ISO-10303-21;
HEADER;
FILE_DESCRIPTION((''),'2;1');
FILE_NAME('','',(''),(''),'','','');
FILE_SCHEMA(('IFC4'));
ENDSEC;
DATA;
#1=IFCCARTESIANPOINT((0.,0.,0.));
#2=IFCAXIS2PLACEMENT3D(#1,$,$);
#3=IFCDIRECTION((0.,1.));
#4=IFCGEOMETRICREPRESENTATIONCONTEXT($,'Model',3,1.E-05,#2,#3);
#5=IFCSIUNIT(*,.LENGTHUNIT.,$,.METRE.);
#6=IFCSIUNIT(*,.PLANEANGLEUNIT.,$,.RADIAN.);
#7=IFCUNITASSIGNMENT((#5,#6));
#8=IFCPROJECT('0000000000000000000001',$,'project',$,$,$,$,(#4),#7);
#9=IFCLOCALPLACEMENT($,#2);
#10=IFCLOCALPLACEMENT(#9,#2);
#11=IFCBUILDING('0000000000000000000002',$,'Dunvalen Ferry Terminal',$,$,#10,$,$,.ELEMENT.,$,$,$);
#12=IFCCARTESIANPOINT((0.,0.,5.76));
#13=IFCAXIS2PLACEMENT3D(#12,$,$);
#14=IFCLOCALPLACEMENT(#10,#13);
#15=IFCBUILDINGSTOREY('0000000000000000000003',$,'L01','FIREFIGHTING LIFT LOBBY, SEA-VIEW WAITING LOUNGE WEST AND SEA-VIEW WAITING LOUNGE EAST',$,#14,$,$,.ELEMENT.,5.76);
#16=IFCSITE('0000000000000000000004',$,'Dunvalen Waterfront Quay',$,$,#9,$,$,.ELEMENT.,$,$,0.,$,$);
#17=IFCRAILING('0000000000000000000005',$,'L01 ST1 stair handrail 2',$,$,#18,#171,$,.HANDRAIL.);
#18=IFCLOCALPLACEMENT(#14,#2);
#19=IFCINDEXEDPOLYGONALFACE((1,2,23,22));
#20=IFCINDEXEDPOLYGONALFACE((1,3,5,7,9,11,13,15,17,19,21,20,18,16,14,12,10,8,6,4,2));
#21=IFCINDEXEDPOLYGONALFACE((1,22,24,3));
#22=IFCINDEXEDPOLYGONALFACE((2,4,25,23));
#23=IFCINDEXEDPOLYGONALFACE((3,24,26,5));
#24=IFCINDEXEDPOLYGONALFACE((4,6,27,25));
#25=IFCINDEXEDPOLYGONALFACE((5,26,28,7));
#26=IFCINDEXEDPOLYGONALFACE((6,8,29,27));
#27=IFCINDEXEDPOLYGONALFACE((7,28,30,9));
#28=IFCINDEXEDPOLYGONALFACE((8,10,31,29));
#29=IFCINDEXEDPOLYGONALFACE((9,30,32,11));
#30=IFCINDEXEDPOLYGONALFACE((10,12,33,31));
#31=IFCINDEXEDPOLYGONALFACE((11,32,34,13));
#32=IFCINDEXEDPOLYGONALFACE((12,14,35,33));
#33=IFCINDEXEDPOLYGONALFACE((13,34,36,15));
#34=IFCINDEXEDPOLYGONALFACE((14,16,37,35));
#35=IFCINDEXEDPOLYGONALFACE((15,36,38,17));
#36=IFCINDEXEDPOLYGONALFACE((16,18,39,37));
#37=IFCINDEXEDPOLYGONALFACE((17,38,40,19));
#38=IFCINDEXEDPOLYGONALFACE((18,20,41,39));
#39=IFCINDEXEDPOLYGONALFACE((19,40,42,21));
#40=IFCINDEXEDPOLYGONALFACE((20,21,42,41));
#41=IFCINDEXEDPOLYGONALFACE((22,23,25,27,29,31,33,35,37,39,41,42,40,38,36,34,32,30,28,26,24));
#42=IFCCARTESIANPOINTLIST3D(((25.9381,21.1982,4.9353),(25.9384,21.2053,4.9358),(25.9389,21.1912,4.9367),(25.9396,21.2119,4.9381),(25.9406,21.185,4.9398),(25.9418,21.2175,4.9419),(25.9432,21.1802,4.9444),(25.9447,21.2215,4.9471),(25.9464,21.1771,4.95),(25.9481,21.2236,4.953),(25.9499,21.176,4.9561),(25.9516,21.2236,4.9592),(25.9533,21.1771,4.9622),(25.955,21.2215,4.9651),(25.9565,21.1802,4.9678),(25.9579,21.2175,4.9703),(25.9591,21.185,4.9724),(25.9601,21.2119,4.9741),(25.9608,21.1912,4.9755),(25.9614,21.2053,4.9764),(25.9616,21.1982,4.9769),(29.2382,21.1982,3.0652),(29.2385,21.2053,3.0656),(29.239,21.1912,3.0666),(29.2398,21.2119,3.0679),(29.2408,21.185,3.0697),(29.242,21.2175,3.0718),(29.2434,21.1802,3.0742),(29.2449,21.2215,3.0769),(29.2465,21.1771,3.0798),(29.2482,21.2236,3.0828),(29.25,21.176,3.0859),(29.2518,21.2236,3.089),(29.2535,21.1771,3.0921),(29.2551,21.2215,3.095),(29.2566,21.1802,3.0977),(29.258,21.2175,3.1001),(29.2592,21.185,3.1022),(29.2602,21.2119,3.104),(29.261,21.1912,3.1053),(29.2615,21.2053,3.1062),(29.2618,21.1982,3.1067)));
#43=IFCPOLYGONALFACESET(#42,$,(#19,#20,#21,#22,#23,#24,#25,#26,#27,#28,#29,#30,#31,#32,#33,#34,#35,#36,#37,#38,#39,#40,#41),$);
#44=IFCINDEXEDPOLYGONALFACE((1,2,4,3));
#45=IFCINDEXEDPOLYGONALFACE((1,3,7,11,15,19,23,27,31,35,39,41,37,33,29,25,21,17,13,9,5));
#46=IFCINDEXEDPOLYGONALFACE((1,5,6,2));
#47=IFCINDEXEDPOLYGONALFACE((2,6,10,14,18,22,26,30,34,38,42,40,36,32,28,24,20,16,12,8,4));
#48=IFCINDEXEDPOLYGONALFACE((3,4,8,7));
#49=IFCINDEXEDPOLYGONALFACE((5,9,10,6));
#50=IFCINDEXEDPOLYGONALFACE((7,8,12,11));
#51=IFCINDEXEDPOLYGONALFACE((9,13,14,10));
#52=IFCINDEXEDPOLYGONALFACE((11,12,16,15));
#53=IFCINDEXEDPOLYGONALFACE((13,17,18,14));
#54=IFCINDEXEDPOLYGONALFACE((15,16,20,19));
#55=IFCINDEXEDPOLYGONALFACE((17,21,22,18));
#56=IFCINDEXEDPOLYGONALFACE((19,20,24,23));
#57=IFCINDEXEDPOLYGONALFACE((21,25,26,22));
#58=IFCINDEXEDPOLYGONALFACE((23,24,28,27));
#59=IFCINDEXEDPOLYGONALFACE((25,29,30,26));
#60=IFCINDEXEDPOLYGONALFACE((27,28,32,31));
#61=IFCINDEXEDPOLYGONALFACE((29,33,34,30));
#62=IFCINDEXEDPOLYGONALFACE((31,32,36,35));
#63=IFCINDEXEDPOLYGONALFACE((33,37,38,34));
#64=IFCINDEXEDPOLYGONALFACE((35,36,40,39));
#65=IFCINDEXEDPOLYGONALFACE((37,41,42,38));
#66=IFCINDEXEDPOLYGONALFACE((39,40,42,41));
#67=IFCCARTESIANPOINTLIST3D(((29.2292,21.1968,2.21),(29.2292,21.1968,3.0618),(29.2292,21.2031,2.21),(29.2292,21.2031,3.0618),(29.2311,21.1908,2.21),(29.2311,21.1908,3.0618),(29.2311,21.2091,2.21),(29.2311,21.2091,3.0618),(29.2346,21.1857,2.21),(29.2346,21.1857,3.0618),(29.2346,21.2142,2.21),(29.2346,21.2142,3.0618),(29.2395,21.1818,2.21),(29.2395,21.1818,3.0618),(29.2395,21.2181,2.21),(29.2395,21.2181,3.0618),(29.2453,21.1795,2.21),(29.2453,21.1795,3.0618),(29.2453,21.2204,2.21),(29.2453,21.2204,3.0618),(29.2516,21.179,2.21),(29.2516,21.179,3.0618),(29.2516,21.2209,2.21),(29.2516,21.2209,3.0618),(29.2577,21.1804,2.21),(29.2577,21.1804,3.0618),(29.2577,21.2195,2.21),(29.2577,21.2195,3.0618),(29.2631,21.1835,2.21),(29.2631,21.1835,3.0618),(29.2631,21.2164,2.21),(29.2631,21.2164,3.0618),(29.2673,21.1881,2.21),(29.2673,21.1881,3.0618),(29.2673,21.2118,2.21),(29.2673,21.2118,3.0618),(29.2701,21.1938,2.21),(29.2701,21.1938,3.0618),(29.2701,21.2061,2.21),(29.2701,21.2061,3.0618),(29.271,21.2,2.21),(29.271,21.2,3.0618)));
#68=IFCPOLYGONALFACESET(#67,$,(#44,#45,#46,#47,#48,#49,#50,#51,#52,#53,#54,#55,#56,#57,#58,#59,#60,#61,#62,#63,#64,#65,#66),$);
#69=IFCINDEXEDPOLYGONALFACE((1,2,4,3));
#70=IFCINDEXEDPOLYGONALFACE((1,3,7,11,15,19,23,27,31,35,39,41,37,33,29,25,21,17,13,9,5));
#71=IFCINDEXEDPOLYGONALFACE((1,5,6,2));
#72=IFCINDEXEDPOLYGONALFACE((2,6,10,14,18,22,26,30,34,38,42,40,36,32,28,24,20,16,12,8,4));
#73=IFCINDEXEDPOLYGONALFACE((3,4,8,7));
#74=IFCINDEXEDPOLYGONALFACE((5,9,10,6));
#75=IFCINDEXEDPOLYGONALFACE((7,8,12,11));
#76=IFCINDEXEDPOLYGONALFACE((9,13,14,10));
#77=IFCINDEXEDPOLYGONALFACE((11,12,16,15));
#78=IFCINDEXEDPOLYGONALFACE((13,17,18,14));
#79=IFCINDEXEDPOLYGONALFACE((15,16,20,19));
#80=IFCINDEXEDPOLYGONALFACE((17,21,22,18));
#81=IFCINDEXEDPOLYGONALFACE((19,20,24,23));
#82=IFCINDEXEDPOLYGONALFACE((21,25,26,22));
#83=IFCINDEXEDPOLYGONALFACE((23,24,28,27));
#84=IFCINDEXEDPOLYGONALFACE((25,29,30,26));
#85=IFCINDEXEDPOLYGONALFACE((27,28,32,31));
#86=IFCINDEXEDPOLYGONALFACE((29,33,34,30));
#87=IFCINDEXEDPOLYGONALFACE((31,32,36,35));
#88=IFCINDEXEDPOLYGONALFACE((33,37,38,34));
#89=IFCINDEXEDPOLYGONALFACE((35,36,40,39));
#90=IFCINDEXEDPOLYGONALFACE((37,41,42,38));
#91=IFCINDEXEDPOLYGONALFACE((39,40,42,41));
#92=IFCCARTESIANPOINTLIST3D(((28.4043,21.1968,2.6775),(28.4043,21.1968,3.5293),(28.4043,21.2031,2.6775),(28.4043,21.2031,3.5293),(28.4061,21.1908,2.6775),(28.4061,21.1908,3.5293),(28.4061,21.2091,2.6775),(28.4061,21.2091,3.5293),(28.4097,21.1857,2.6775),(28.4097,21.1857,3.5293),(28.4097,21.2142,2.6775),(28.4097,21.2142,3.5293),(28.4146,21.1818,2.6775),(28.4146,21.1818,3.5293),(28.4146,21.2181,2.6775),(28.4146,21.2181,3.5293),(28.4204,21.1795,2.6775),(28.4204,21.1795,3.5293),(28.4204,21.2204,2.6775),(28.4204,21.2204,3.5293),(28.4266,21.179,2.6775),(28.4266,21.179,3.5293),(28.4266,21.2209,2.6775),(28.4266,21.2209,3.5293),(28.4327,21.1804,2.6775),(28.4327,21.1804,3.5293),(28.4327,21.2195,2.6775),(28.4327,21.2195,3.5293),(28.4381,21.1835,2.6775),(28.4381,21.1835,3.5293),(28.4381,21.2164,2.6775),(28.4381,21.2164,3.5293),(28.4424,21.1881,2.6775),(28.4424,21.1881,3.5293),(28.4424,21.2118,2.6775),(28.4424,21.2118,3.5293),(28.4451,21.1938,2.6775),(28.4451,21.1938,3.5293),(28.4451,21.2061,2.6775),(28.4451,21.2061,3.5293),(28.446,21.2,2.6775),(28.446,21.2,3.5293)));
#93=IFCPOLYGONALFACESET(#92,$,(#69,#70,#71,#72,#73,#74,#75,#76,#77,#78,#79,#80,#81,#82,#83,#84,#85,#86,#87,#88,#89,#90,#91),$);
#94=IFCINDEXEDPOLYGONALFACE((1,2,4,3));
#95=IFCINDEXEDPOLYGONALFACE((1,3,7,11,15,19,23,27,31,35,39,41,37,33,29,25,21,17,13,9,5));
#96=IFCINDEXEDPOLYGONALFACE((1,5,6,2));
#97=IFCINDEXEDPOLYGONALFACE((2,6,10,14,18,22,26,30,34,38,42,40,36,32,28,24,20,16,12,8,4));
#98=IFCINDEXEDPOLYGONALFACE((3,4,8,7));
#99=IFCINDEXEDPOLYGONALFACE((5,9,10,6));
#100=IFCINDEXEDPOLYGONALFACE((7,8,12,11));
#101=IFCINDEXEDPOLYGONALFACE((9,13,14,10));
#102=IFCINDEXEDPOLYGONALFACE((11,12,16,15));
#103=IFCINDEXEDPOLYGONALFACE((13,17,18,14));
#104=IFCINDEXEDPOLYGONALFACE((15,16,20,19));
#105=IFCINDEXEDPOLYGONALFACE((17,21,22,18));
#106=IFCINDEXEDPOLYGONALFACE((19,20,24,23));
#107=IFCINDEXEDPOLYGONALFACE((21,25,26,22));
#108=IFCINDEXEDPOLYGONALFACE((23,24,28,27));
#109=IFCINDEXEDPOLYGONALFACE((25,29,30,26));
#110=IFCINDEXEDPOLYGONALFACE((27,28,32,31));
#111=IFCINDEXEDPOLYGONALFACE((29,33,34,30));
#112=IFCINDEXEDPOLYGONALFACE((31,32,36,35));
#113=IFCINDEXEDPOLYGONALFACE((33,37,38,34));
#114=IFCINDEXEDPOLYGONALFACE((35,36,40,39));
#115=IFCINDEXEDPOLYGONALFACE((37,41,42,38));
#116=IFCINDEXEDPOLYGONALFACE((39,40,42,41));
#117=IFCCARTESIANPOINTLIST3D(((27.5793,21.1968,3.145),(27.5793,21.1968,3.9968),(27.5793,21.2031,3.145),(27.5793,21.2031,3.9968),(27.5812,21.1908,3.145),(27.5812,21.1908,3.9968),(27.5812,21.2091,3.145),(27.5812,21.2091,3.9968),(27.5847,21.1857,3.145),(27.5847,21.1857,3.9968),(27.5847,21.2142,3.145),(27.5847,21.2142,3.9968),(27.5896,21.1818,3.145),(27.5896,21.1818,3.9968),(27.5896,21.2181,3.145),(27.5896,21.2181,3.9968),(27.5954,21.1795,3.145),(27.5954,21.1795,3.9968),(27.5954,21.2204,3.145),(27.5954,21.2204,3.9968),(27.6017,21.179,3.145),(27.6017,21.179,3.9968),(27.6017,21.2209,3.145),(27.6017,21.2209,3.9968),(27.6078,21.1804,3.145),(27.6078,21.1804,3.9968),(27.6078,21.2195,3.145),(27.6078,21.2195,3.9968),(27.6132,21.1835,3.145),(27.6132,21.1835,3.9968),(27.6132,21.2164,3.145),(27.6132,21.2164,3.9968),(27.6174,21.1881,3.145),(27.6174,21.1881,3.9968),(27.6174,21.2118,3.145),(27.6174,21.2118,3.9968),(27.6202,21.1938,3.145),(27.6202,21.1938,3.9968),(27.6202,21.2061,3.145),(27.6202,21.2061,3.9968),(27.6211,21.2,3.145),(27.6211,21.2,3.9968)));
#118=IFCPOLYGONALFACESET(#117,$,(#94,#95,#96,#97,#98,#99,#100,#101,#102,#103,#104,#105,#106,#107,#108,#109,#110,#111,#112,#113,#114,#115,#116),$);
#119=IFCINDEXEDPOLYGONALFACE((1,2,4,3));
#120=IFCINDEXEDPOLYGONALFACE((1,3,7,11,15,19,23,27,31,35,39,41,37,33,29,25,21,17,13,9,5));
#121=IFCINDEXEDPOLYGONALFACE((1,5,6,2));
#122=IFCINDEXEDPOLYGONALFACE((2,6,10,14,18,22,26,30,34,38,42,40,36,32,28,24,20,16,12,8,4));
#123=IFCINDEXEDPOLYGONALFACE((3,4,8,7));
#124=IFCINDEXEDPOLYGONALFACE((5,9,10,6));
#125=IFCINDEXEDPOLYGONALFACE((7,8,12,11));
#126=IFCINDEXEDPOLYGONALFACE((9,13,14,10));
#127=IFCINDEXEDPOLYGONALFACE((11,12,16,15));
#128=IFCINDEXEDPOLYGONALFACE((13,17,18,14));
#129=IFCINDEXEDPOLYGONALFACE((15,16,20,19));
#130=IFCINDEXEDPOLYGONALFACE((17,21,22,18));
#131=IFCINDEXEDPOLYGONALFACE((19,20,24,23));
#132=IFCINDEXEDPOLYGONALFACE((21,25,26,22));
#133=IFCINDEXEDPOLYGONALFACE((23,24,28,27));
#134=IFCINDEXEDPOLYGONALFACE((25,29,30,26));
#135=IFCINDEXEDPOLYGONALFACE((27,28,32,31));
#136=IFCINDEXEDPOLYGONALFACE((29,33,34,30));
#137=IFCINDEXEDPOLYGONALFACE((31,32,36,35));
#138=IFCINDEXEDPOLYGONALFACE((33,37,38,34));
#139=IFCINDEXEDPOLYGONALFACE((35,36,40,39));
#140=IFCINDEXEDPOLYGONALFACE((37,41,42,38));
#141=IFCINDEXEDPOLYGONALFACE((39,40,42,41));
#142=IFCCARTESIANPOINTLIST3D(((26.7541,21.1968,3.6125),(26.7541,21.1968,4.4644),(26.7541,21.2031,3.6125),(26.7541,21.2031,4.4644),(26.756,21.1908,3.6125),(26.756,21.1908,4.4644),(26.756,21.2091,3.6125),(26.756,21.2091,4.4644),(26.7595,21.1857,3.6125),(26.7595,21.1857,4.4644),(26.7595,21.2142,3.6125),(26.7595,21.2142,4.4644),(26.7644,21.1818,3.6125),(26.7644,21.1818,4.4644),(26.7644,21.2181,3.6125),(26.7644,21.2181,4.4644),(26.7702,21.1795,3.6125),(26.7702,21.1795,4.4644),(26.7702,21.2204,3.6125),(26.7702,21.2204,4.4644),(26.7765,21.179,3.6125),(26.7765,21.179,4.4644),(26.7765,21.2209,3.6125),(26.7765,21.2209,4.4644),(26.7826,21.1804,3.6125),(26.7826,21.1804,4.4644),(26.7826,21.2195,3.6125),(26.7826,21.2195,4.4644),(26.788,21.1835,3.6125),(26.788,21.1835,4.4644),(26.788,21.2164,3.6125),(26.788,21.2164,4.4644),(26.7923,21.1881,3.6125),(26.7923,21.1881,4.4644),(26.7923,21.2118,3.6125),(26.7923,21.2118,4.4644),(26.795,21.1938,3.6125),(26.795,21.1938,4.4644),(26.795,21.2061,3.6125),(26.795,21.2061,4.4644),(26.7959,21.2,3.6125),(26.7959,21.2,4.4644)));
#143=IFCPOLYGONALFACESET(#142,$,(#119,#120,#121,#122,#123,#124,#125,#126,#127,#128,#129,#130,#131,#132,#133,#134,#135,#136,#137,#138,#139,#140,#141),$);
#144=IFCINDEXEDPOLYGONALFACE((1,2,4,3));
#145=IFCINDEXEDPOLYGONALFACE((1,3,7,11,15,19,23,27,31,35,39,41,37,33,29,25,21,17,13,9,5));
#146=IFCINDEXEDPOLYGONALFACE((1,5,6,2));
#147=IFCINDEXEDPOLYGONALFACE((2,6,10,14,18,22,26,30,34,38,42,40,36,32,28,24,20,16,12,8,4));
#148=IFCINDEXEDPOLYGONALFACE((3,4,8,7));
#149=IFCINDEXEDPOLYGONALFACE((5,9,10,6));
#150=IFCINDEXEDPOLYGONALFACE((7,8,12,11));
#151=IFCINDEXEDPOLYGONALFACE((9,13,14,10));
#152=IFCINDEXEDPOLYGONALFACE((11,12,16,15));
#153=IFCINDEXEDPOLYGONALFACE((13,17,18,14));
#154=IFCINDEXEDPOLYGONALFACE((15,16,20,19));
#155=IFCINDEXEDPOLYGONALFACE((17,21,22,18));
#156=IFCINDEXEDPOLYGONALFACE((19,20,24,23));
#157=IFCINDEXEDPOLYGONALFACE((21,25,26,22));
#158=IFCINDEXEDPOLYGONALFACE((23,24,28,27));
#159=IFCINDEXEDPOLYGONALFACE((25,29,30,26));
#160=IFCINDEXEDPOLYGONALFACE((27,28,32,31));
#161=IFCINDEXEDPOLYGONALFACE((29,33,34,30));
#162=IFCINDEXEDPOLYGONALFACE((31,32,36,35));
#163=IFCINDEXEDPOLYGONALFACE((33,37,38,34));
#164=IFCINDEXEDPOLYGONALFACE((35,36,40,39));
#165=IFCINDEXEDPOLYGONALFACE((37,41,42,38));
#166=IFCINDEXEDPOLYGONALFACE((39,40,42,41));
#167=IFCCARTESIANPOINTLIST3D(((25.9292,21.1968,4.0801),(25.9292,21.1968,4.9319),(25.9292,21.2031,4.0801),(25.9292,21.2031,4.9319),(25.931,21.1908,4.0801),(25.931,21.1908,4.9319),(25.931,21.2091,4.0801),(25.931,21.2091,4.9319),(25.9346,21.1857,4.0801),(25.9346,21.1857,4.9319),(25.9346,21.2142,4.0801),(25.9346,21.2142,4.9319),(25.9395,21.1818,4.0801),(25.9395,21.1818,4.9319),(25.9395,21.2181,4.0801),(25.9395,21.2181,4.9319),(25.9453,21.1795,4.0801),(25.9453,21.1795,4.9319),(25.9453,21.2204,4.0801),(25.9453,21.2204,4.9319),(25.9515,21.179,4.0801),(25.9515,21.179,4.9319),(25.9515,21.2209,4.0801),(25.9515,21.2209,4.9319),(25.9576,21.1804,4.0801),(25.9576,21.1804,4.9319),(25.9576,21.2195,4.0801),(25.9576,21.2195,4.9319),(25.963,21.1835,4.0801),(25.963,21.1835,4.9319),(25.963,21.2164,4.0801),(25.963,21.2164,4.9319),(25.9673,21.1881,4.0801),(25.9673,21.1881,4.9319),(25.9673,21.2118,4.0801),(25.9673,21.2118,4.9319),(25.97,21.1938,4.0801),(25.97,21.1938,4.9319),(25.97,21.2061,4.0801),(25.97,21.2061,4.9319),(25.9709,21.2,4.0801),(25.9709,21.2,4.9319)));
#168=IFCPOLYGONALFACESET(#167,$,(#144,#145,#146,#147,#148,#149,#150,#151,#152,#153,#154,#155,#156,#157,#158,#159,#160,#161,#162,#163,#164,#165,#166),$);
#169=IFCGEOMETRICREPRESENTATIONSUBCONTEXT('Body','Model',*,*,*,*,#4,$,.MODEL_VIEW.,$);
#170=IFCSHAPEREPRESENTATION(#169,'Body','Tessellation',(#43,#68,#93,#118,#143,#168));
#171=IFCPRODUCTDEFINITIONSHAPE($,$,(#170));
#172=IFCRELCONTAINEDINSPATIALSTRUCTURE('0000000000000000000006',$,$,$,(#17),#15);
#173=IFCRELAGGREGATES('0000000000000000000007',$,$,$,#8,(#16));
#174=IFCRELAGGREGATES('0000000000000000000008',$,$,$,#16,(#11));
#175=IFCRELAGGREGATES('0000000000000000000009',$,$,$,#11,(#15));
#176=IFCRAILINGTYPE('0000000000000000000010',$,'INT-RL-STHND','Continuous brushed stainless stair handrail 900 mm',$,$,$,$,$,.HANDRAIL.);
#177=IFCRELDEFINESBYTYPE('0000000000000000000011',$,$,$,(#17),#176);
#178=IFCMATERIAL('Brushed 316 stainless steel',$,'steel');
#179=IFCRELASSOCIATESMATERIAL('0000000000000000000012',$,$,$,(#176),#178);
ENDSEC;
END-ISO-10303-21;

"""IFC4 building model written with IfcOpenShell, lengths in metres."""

from ifc_helpers import new_model, si_unit, direction, frame, origin, origin_2d, place, context, subcontext, project, spatial, circle, extrude, material, type_object, element, save


model = new_model("IFC4")

# Units and contexts
model_context = context("Model", 3, precision=1e-05, world=origin(), true_north=direction((0.0, 1.0)))
body_context = subcontext(model_context, "Body", "Model", "MODEL_VIEW")
ifc_project = project(units=[si_unit("LENGTHUNIT", "METRE"), si_unit("PLANEANGLEUNIT", "RADIAN")], contexts=[model_context])

# Site, building, storey
site_placement = place(None, origin())
site = spatial("IfcSite", under=ifc_project, at=site_placement, Name="Dunvalen Waterfront Quay", CompositionType="ELEMENT", RefElevation=0.0)
building_placement = place(site_placement, origin())
building = spatial("IfcBuilding", under=site, at=building_placement, Name="Dunvalen Ferry Terminal", CompositionType="ELEMENT")
storey_placement = place(building_placement, frame((0.0, 0.0, 5.76)))
storey = spatial("IfcBuildingStorey", under=building, at=storey_placement, Name="L01", Description="FIREFIGHTING LIFT LOBBY, SEA-VIEW WAITING LOUNGE WEST AND SEA-VIEW WAITING LOUNGE EAST", CompositionType="ELEMENT", Elevation=5.76)

# Railing
ifc_material_1 = material(Name="Brushed 316 stainless steel", Category="steel")
railing_type_1 = type_object("IfcRailingType", Name="INT-RL-STHND", Description="Continuous brushed stainless stair handrail 900 mm", PredefinedType="HANDRAIL", material=ifc_material_1)
for number, where, name in (
    (1, (29.25, 21.2, 2.21), "L01 ST1 stair handrail 2"),
):
    element("IfcRailing", number, at=place(storey_placement, frame(where)), inside=storey, type_object=railing_type_1, Name=name, PredefinedType="HANDRAIL", context=body_context, shape_type="SweptSolid", body=[
        extrude(circle(Radius=0.0239, at=origin_2d()), frame((0.0, 0.0, 0.876), z_axis=(-0.870012, 0.0, 0.49303), x_axis=(0.0, -1.0, 0.0)), (0.0, 0.0, 1.0), 3.7932),
        extrude(circle(Radius=0.021, at=origin_2d()), origin(), (0.0, 0.0, 1.0), 0.8518),
        extrude(circle(Radius=0.021, at=origin_2d()), frame((-0.825, 0.0, 0.4675)), (0.0, 0.0, 1.0), 0.8518),
        extrude(circle(Radius=0.021, at=origin_2d()), frame((-1.6499, 0.0, 0.9351)), (0.0, 0.0, 1.0), 0.8518),
        extrude(circle(Radius=0.021, at=origin_2d()), frame((-2.4751, 0.0, 1.4026)), (0.0, 0.0, 1.0), 0.8518),
        extrude(circle(Radius=0.021, at=origin_2d()), frame((-3.3, 0.0, 1.8701)), (0.0, 0.0, 1.0), 0.8518),
    ])

save(model, "model.ifc")
